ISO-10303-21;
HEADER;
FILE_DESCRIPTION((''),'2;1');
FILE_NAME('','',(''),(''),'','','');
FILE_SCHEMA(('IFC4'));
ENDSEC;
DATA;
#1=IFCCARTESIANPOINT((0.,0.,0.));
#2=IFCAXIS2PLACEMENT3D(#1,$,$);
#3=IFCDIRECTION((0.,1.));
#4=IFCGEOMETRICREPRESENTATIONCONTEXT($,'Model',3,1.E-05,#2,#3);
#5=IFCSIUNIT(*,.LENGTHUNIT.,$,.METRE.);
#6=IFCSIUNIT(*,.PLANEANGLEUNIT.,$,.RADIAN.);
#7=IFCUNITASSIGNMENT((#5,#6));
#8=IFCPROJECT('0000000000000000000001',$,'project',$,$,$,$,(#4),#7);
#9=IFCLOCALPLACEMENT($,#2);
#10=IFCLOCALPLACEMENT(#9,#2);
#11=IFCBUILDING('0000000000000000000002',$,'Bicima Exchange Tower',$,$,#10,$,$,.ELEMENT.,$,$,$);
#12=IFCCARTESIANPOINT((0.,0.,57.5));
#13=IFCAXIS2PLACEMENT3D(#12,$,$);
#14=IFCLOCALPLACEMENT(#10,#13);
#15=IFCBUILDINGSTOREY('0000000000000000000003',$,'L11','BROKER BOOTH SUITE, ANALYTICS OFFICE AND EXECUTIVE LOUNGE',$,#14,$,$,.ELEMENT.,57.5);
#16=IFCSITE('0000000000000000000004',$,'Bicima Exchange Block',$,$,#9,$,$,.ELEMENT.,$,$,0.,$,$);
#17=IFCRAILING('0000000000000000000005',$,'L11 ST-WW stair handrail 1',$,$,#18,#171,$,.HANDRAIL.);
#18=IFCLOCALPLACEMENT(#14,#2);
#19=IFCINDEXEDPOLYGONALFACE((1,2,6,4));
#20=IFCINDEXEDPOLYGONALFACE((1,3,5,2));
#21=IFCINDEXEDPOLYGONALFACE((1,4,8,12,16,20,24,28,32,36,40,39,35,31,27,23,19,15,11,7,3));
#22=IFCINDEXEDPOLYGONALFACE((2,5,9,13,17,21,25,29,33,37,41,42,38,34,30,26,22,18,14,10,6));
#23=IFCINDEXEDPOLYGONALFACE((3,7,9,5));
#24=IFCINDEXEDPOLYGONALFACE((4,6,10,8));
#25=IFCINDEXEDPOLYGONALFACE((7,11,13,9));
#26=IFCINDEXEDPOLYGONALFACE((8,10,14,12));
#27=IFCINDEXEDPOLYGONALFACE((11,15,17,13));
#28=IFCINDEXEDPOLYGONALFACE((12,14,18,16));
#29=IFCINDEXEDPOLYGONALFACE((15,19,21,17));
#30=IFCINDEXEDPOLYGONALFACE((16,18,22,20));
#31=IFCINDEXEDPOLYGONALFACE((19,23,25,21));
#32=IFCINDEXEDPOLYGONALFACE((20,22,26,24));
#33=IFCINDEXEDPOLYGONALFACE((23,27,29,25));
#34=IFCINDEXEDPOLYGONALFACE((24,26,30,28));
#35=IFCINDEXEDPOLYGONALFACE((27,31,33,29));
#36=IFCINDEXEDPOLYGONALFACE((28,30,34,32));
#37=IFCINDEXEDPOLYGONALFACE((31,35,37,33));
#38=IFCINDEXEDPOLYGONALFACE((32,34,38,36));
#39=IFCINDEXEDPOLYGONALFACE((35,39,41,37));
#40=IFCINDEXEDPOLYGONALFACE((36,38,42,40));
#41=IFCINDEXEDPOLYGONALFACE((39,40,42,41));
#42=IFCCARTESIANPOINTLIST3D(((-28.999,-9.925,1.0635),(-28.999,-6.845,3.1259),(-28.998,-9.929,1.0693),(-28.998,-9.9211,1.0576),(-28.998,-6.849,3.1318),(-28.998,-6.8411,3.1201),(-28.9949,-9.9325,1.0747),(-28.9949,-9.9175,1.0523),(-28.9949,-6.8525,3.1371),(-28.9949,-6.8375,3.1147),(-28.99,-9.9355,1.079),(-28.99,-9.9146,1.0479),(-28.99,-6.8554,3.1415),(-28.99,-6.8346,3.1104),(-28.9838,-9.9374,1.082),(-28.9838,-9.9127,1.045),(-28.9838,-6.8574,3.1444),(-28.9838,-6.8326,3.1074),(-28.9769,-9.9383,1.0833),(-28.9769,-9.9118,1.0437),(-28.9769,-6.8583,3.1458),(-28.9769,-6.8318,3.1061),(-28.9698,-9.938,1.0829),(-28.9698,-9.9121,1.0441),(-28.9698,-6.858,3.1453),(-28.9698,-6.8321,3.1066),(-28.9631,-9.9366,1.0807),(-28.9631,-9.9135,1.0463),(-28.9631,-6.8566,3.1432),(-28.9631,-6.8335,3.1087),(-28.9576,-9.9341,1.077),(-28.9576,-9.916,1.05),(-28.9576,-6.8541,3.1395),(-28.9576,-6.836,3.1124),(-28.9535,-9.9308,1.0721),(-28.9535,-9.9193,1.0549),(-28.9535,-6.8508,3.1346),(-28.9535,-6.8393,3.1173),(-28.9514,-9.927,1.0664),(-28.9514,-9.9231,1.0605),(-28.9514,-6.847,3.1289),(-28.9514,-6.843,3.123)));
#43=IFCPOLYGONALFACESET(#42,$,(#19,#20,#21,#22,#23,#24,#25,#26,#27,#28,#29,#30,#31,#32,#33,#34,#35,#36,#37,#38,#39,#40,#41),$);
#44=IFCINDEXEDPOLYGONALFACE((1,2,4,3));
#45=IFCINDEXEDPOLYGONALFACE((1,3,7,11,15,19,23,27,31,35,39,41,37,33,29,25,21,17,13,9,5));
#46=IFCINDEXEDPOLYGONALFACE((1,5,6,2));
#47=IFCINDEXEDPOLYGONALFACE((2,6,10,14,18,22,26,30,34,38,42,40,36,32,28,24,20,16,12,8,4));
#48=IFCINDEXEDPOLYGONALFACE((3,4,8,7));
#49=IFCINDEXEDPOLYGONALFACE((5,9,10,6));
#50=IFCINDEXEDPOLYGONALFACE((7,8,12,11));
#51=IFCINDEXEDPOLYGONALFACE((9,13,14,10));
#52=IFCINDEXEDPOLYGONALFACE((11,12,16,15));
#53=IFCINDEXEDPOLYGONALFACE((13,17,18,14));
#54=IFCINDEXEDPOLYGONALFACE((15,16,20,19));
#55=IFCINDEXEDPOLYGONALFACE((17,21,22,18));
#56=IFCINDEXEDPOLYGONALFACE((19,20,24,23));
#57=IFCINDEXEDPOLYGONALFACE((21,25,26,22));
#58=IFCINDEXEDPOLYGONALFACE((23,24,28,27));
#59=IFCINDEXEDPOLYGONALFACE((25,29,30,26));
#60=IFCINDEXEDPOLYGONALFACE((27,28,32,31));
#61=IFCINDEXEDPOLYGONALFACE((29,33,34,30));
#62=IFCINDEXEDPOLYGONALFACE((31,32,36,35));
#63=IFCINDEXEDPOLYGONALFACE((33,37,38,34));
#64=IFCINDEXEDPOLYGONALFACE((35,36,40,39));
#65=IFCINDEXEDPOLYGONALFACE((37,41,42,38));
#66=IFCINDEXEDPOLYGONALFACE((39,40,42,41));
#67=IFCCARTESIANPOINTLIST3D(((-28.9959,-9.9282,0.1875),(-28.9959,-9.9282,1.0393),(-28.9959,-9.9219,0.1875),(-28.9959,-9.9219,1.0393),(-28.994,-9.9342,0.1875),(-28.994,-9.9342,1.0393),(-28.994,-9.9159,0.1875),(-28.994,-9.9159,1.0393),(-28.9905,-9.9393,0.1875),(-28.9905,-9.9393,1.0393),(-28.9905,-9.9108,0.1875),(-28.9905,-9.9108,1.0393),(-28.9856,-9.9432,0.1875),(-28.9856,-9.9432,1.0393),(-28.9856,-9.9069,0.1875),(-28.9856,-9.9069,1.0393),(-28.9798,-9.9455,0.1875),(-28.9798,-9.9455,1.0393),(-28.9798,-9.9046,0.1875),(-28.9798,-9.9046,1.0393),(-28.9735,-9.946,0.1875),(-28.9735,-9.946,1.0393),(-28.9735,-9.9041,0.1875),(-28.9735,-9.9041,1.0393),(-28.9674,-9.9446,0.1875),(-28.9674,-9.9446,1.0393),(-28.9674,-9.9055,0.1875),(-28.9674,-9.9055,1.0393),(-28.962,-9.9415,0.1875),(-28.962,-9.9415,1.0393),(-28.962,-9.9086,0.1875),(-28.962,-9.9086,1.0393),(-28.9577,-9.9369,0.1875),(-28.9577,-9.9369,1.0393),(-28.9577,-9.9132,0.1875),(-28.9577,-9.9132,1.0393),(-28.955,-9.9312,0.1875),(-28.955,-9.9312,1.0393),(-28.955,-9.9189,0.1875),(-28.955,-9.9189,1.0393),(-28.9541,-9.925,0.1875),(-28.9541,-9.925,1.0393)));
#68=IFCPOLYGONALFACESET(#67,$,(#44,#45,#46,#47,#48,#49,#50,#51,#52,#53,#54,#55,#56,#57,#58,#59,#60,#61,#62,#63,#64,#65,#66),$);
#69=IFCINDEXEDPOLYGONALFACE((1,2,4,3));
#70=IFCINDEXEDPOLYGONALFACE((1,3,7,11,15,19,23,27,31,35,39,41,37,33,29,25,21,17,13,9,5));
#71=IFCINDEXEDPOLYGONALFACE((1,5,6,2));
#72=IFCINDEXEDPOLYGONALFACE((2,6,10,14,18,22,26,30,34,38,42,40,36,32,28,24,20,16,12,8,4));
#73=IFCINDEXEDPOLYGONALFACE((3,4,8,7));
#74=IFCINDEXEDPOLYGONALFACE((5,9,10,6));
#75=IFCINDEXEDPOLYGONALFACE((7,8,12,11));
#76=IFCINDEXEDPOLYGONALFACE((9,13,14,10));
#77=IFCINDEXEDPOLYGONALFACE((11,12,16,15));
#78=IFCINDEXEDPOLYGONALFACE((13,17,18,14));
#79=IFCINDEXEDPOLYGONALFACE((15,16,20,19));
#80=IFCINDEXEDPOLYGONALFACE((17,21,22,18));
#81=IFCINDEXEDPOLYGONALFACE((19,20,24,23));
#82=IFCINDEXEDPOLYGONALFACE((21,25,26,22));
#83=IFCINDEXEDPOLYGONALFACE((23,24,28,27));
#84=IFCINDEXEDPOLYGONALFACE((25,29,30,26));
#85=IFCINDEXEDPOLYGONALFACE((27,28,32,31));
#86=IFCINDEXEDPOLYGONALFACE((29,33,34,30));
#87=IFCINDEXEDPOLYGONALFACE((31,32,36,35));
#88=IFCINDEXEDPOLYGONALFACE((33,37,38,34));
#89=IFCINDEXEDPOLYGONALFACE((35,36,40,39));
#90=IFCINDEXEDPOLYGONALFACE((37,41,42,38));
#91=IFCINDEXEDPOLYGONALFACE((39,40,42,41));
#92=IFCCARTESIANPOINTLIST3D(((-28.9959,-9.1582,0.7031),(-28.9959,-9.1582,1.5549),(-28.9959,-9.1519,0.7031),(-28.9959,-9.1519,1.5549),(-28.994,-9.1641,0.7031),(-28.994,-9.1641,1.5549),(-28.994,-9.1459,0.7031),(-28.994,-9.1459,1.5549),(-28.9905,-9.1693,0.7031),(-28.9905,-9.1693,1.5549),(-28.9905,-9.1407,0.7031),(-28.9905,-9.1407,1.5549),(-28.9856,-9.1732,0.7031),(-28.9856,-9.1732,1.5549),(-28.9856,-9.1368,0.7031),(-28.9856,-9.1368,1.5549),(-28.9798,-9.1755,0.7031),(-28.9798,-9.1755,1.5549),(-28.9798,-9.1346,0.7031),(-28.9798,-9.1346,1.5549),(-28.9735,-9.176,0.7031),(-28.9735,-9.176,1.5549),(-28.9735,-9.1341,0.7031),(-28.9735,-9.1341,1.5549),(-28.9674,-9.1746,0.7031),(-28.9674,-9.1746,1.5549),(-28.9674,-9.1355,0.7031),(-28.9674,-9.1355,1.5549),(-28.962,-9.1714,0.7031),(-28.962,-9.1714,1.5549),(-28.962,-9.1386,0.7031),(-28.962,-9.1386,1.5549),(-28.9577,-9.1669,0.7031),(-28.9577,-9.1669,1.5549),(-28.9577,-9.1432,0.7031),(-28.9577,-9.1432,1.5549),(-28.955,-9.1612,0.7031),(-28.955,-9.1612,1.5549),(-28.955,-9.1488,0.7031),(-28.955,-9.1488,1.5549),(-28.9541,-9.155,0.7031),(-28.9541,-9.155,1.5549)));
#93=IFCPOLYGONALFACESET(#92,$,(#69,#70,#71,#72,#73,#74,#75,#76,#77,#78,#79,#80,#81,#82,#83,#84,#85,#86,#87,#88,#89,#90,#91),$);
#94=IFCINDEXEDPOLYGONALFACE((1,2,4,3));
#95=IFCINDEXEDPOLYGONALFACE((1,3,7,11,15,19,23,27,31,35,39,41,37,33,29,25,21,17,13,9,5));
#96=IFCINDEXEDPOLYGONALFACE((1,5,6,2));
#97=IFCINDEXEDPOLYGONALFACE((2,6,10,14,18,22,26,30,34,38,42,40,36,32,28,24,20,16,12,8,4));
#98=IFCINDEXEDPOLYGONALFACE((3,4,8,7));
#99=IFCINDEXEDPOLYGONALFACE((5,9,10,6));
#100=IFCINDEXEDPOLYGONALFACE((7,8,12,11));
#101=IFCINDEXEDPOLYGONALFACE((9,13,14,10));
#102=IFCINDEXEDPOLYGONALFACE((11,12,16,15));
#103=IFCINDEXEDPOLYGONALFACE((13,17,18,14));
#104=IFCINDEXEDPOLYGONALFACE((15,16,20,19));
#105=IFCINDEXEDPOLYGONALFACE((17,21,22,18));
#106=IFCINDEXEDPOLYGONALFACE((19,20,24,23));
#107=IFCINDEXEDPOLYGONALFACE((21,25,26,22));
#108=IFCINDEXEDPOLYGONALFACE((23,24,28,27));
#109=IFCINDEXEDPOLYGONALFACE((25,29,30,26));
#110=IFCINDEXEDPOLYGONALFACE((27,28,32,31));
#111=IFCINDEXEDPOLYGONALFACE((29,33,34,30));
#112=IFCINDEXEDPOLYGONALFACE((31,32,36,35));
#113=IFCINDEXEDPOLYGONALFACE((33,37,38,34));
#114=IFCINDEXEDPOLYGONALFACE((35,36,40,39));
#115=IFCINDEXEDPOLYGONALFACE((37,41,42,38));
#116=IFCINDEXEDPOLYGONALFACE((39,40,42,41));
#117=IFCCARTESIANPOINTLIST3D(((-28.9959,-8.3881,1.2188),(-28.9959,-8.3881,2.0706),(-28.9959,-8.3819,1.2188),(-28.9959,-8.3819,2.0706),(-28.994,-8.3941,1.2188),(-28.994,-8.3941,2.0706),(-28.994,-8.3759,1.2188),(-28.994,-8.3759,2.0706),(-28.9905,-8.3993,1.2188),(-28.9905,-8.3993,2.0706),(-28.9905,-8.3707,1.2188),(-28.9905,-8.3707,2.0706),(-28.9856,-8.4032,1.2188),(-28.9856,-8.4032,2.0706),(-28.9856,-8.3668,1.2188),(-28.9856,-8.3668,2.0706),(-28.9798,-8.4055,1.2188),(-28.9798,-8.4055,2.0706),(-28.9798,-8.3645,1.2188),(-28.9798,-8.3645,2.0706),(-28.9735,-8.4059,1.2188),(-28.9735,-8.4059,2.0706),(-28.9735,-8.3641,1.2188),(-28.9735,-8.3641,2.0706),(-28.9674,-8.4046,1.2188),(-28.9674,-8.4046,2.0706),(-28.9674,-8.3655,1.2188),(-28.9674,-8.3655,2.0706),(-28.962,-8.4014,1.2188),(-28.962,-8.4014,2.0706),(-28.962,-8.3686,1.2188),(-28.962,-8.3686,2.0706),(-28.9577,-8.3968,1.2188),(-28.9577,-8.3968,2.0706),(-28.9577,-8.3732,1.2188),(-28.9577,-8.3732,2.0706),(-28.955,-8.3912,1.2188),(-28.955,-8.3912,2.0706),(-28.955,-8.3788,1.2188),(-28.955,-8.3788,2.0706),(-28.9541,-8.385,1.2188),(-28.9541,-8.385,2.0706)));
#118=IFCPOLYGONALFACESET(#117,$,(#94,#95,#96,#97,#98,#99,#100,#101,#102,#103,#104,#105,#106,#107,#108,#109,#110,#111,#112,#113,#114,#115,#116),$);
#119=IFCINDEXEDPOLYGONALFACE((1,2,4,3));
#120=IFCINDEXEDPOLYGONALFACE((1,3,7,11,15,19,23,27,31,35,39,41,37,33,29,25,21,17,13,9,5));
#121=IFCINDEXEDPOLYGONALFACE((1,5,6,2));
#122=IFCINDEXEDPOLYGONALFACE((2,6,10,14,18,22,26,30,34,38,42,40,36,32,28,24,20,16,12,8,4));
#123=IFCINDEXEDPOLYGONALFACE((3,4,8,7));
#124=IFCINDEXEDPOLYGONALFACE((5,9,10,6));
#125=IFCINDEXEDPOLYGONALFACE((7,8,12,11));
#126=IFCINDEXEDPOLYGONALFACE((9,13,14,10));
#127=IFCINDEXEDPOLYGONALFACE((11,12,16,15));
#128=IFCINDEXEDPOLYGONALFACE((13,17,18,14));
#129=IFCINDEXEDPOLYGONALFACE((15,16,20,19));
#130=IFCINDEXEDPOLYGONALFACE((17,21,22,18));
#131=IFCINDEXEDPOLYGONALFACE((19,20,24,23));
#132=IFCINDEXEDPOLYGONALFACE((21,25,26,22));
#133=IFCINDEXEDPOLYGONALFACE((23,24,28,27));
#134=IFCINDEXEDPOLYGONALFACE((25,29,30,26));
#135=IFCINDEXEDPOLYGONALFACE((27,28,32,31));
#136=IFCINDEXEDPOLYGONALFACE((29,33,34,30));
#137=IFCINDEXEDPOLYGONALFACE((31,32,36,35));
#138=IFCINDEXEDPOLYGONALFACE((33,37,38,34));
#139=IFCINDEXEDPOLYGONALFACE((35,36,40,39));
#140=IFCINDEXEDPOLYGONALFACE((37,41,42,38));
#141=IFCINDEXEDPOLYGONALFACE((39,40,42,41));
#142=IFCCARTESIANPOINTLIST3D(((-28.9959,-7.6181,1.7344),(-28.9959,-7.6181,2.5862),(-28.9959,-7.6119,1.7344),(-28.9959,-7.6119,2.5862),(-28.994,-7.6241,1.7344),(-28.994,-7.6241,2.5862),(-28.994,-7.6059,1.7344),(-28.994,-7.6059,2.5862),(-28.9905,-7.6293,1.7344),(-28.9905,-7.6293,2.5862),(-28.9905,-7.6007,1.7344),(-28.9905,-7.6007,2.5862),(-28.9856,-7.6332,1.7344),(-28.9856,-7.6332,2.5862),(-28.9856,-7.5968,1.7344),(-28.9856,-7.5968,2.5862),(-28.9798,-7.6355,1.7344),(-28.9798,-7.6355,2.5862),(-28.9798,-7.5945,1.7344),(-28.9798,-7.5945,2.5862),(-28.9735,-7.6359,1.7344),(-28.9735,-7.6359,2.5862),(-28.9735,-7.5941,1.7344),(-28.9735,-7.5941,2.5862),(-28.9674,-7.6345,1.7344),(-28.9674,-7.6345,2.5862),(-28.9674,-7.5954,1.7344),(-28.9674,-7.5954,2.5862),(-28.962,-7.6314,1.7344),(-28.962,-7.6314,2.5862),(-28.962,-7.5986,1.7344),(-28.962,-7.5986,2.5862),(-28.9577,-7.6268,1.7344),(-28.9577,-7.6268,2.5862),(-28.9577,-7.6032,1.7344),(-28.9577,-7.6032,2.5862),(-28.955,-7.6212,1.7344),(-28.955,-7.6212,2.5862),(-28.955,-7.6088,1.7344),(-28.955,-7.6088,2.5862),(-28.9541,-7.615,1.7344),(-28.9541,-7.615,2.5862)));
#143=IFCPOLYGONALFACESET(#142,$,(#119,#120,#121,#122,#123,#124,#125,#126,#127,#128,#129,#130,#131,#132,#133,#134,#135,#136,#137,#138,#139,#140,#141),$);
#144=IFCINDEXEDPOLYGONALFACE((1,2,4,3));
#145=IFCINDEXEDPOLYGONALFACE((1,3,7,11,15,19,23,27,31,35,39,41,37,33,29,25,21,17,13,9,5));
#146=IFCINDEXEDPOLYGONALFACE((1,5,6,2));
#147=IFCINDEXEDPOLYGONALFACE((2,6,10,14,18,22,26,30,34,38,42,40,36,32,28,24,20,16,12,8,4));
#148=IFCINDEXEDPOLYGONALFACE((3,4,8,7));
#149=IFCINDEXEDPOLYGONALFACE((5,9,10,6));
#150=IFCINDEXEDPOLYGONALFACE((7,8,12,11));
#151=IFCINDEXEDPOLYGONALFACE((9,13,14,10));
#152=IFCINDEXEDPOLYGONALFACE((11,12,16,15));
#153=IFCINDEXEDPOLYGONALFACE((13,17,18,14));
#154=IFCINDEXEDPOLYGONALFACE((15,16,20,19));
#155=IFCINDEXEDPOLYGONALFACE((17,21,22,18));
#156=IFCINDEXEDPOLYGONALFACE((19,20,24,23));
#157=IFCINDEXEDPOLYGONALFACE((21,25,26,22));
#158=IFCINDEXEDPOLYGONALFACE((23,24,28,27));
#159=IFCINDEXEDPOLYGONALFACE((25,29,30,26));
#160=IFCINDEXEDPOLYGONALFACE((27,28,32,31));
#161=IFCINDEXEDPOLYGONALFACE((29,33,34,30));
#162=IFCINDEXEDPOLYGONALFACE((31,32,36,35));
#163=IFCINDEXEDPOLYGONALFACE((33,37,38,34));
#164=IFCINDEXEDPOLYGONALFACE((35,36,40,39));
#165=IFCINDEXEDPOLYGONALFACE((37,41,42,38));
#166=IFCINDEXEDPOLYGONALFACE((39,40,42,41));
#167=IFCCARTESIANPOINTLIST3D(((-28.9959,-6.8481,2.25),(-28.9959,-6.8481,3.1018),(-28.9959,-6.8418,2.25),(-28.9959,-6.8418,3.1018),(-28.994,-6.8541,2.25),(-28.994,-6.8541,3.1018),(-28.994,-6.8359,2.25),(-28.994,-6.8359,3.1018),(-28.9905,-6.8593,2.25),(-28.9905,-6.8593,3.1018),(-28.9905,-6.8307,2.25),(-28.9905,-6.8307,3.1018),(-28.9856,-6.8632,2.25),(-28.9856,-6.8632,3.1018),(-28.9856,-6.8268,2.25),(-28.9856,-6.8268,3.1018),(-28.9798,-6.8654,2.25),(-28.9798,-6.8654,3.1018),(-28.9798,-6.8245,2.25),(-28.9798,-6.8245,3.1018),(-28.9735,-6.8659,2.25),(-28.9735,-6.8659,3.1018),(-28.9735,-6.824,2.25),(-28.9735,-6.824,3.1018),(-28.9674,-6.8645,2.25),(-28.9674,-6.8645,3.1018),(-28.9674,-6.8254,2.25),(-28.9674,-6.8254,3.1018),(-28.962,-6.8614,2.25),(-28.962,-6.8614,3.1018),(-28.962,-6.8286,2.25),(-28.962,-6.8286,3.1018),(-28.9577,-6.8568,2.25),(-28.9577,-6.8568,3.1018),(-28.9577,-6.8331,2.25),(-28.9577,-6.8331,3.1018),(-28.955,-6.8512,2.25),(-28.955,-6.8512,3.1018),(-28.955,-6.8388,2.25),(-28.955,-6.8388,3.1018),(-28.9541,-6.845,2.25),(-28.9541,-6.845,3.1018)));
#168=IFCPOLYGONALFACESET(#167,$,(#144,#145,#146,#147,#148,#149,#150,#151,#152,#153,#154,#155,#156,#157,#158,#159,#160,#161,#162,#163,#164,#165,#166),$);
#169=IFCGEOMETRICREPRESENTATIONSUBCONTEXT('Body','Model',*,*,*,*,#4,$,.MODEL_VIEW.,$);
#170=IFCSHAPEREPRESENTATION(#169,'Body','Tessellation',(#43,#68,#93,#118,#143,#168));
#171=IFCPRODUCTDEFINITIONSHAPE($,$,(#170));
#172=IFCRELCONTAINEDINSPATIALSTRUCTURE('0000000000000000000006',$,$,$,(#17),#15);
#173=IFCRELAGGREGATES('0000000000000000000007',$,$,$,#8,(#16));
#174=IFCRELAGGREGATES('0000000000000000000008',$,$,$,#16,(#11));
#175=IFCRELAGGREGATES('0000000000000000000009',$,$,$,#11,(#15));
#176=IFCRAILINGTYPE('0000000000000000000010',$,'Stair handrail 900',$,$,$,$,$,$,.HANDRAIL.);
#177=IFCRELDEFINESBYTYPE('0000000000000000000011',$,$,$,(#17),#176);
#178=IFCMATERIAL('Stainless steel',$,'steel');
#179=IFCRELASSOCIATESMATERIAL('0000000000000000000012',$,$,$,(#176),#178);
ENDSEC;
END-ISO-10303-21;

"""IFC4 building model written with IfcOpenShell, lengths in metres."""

from ifc_helpers import new_model, si_unit, direction, frame, origin, origin_2d, place, context, subcontext, project, spatial, circle, extrude, material, type_object, element, save


model = new_model("IFC4")

# Units and contexts
model_context = context("Model", 3, precision=1e-05, world=origin(), true_north=direction((0.0, 1.0)))
body_context = subcontext(model_context, "Body", "Model", "MODEL_VIEW")
ifc_project = project(units=[si_unit("LENGTHUNIT", "METRE"), si_unit("PLANEANGLEUNIT", "RADIAN")], contexts=[model_context])

# Site, building, storey
site_placement = place(None, origin())
site = spatial("IfcSite", under=ifc_project, at=site_placement, Name="Bicima Exchange Block", CompositionType="ELEMENT", RefElevation=0.0)
building_placement = place(site_placement, origin())
building = spatial("IfcBuilding", under=site, at=building_placement, Name="Bicima Exchange Tower", CompositionType="ELEMENT")
storey_placement = place(building_placement, frame((0.0, 0.0, 57.5)))
storey = spatial("IfcBuildingStorey", under=building, at=storey_placement, Name="L11", Description="BROKER BOOTH SUITE, ANALYTICS OFFICE AND EXECUTIVE LOUNGE", CompositionType="ELEMENT", Elevation=57.5)

# Railing
ifc_material_1 = material(Name="Stainless steel", Category="steel")
railing_type = type_object("IfcRailingType", Name="Stair handrail 900", PredefinedType="HANDRAIL", material=ifc_material_1)
railing_placement = place(storey_placement, frame((-28.9751, -9.925, 0.1875)))
element("IfcRailing", 1, at=railing_placement, inside=storey, type_object=railing_type, Name="L11 ST-WW stair handrail 1", PredefinedType="HANDRAIL", context=body_context, shape_type="SweptSolid", body=[
    extrude(circle(Radius=0.0239, at=origin_2d()), frame((0.0, 0.0, 0.876), z_axis=(0.0, 0.830914, 0.556401), x_axis=(-1.0, 0.0, 0.0)), (0.0, 0.0, 1.0), 3.7068),
    extrude(circle(Radius=0.021, at=origin_2d()), origin(), (0.0, 0.0, 1.0), 0.8518),
    extrude(circle(Radius=0.021, at=origin_2d()), frame((0.0, 0.77, 0.5156)), (0.0, 0.0, 1.0), 0.8518),
    extrude(circle(Radius=0.021, at=origin_2d()), frame((0.0, 1.54, 1.0312)), (0.0, 0.0, 1.0), 0.8518),
    extrude(circle(Radius=0.021, at=origin_2d()), frame((0.0, 2.3101, 1.5469)), (0.0, 0.0, 1.0), 0.8518),
    extrude(circle(Radius=0.021, at=origin_2d()), frame((0.0, 3.0801, 2.0625)), (0.0, 0.0, 1.0), 0.8518),
])

save(model, "model.ifc")
